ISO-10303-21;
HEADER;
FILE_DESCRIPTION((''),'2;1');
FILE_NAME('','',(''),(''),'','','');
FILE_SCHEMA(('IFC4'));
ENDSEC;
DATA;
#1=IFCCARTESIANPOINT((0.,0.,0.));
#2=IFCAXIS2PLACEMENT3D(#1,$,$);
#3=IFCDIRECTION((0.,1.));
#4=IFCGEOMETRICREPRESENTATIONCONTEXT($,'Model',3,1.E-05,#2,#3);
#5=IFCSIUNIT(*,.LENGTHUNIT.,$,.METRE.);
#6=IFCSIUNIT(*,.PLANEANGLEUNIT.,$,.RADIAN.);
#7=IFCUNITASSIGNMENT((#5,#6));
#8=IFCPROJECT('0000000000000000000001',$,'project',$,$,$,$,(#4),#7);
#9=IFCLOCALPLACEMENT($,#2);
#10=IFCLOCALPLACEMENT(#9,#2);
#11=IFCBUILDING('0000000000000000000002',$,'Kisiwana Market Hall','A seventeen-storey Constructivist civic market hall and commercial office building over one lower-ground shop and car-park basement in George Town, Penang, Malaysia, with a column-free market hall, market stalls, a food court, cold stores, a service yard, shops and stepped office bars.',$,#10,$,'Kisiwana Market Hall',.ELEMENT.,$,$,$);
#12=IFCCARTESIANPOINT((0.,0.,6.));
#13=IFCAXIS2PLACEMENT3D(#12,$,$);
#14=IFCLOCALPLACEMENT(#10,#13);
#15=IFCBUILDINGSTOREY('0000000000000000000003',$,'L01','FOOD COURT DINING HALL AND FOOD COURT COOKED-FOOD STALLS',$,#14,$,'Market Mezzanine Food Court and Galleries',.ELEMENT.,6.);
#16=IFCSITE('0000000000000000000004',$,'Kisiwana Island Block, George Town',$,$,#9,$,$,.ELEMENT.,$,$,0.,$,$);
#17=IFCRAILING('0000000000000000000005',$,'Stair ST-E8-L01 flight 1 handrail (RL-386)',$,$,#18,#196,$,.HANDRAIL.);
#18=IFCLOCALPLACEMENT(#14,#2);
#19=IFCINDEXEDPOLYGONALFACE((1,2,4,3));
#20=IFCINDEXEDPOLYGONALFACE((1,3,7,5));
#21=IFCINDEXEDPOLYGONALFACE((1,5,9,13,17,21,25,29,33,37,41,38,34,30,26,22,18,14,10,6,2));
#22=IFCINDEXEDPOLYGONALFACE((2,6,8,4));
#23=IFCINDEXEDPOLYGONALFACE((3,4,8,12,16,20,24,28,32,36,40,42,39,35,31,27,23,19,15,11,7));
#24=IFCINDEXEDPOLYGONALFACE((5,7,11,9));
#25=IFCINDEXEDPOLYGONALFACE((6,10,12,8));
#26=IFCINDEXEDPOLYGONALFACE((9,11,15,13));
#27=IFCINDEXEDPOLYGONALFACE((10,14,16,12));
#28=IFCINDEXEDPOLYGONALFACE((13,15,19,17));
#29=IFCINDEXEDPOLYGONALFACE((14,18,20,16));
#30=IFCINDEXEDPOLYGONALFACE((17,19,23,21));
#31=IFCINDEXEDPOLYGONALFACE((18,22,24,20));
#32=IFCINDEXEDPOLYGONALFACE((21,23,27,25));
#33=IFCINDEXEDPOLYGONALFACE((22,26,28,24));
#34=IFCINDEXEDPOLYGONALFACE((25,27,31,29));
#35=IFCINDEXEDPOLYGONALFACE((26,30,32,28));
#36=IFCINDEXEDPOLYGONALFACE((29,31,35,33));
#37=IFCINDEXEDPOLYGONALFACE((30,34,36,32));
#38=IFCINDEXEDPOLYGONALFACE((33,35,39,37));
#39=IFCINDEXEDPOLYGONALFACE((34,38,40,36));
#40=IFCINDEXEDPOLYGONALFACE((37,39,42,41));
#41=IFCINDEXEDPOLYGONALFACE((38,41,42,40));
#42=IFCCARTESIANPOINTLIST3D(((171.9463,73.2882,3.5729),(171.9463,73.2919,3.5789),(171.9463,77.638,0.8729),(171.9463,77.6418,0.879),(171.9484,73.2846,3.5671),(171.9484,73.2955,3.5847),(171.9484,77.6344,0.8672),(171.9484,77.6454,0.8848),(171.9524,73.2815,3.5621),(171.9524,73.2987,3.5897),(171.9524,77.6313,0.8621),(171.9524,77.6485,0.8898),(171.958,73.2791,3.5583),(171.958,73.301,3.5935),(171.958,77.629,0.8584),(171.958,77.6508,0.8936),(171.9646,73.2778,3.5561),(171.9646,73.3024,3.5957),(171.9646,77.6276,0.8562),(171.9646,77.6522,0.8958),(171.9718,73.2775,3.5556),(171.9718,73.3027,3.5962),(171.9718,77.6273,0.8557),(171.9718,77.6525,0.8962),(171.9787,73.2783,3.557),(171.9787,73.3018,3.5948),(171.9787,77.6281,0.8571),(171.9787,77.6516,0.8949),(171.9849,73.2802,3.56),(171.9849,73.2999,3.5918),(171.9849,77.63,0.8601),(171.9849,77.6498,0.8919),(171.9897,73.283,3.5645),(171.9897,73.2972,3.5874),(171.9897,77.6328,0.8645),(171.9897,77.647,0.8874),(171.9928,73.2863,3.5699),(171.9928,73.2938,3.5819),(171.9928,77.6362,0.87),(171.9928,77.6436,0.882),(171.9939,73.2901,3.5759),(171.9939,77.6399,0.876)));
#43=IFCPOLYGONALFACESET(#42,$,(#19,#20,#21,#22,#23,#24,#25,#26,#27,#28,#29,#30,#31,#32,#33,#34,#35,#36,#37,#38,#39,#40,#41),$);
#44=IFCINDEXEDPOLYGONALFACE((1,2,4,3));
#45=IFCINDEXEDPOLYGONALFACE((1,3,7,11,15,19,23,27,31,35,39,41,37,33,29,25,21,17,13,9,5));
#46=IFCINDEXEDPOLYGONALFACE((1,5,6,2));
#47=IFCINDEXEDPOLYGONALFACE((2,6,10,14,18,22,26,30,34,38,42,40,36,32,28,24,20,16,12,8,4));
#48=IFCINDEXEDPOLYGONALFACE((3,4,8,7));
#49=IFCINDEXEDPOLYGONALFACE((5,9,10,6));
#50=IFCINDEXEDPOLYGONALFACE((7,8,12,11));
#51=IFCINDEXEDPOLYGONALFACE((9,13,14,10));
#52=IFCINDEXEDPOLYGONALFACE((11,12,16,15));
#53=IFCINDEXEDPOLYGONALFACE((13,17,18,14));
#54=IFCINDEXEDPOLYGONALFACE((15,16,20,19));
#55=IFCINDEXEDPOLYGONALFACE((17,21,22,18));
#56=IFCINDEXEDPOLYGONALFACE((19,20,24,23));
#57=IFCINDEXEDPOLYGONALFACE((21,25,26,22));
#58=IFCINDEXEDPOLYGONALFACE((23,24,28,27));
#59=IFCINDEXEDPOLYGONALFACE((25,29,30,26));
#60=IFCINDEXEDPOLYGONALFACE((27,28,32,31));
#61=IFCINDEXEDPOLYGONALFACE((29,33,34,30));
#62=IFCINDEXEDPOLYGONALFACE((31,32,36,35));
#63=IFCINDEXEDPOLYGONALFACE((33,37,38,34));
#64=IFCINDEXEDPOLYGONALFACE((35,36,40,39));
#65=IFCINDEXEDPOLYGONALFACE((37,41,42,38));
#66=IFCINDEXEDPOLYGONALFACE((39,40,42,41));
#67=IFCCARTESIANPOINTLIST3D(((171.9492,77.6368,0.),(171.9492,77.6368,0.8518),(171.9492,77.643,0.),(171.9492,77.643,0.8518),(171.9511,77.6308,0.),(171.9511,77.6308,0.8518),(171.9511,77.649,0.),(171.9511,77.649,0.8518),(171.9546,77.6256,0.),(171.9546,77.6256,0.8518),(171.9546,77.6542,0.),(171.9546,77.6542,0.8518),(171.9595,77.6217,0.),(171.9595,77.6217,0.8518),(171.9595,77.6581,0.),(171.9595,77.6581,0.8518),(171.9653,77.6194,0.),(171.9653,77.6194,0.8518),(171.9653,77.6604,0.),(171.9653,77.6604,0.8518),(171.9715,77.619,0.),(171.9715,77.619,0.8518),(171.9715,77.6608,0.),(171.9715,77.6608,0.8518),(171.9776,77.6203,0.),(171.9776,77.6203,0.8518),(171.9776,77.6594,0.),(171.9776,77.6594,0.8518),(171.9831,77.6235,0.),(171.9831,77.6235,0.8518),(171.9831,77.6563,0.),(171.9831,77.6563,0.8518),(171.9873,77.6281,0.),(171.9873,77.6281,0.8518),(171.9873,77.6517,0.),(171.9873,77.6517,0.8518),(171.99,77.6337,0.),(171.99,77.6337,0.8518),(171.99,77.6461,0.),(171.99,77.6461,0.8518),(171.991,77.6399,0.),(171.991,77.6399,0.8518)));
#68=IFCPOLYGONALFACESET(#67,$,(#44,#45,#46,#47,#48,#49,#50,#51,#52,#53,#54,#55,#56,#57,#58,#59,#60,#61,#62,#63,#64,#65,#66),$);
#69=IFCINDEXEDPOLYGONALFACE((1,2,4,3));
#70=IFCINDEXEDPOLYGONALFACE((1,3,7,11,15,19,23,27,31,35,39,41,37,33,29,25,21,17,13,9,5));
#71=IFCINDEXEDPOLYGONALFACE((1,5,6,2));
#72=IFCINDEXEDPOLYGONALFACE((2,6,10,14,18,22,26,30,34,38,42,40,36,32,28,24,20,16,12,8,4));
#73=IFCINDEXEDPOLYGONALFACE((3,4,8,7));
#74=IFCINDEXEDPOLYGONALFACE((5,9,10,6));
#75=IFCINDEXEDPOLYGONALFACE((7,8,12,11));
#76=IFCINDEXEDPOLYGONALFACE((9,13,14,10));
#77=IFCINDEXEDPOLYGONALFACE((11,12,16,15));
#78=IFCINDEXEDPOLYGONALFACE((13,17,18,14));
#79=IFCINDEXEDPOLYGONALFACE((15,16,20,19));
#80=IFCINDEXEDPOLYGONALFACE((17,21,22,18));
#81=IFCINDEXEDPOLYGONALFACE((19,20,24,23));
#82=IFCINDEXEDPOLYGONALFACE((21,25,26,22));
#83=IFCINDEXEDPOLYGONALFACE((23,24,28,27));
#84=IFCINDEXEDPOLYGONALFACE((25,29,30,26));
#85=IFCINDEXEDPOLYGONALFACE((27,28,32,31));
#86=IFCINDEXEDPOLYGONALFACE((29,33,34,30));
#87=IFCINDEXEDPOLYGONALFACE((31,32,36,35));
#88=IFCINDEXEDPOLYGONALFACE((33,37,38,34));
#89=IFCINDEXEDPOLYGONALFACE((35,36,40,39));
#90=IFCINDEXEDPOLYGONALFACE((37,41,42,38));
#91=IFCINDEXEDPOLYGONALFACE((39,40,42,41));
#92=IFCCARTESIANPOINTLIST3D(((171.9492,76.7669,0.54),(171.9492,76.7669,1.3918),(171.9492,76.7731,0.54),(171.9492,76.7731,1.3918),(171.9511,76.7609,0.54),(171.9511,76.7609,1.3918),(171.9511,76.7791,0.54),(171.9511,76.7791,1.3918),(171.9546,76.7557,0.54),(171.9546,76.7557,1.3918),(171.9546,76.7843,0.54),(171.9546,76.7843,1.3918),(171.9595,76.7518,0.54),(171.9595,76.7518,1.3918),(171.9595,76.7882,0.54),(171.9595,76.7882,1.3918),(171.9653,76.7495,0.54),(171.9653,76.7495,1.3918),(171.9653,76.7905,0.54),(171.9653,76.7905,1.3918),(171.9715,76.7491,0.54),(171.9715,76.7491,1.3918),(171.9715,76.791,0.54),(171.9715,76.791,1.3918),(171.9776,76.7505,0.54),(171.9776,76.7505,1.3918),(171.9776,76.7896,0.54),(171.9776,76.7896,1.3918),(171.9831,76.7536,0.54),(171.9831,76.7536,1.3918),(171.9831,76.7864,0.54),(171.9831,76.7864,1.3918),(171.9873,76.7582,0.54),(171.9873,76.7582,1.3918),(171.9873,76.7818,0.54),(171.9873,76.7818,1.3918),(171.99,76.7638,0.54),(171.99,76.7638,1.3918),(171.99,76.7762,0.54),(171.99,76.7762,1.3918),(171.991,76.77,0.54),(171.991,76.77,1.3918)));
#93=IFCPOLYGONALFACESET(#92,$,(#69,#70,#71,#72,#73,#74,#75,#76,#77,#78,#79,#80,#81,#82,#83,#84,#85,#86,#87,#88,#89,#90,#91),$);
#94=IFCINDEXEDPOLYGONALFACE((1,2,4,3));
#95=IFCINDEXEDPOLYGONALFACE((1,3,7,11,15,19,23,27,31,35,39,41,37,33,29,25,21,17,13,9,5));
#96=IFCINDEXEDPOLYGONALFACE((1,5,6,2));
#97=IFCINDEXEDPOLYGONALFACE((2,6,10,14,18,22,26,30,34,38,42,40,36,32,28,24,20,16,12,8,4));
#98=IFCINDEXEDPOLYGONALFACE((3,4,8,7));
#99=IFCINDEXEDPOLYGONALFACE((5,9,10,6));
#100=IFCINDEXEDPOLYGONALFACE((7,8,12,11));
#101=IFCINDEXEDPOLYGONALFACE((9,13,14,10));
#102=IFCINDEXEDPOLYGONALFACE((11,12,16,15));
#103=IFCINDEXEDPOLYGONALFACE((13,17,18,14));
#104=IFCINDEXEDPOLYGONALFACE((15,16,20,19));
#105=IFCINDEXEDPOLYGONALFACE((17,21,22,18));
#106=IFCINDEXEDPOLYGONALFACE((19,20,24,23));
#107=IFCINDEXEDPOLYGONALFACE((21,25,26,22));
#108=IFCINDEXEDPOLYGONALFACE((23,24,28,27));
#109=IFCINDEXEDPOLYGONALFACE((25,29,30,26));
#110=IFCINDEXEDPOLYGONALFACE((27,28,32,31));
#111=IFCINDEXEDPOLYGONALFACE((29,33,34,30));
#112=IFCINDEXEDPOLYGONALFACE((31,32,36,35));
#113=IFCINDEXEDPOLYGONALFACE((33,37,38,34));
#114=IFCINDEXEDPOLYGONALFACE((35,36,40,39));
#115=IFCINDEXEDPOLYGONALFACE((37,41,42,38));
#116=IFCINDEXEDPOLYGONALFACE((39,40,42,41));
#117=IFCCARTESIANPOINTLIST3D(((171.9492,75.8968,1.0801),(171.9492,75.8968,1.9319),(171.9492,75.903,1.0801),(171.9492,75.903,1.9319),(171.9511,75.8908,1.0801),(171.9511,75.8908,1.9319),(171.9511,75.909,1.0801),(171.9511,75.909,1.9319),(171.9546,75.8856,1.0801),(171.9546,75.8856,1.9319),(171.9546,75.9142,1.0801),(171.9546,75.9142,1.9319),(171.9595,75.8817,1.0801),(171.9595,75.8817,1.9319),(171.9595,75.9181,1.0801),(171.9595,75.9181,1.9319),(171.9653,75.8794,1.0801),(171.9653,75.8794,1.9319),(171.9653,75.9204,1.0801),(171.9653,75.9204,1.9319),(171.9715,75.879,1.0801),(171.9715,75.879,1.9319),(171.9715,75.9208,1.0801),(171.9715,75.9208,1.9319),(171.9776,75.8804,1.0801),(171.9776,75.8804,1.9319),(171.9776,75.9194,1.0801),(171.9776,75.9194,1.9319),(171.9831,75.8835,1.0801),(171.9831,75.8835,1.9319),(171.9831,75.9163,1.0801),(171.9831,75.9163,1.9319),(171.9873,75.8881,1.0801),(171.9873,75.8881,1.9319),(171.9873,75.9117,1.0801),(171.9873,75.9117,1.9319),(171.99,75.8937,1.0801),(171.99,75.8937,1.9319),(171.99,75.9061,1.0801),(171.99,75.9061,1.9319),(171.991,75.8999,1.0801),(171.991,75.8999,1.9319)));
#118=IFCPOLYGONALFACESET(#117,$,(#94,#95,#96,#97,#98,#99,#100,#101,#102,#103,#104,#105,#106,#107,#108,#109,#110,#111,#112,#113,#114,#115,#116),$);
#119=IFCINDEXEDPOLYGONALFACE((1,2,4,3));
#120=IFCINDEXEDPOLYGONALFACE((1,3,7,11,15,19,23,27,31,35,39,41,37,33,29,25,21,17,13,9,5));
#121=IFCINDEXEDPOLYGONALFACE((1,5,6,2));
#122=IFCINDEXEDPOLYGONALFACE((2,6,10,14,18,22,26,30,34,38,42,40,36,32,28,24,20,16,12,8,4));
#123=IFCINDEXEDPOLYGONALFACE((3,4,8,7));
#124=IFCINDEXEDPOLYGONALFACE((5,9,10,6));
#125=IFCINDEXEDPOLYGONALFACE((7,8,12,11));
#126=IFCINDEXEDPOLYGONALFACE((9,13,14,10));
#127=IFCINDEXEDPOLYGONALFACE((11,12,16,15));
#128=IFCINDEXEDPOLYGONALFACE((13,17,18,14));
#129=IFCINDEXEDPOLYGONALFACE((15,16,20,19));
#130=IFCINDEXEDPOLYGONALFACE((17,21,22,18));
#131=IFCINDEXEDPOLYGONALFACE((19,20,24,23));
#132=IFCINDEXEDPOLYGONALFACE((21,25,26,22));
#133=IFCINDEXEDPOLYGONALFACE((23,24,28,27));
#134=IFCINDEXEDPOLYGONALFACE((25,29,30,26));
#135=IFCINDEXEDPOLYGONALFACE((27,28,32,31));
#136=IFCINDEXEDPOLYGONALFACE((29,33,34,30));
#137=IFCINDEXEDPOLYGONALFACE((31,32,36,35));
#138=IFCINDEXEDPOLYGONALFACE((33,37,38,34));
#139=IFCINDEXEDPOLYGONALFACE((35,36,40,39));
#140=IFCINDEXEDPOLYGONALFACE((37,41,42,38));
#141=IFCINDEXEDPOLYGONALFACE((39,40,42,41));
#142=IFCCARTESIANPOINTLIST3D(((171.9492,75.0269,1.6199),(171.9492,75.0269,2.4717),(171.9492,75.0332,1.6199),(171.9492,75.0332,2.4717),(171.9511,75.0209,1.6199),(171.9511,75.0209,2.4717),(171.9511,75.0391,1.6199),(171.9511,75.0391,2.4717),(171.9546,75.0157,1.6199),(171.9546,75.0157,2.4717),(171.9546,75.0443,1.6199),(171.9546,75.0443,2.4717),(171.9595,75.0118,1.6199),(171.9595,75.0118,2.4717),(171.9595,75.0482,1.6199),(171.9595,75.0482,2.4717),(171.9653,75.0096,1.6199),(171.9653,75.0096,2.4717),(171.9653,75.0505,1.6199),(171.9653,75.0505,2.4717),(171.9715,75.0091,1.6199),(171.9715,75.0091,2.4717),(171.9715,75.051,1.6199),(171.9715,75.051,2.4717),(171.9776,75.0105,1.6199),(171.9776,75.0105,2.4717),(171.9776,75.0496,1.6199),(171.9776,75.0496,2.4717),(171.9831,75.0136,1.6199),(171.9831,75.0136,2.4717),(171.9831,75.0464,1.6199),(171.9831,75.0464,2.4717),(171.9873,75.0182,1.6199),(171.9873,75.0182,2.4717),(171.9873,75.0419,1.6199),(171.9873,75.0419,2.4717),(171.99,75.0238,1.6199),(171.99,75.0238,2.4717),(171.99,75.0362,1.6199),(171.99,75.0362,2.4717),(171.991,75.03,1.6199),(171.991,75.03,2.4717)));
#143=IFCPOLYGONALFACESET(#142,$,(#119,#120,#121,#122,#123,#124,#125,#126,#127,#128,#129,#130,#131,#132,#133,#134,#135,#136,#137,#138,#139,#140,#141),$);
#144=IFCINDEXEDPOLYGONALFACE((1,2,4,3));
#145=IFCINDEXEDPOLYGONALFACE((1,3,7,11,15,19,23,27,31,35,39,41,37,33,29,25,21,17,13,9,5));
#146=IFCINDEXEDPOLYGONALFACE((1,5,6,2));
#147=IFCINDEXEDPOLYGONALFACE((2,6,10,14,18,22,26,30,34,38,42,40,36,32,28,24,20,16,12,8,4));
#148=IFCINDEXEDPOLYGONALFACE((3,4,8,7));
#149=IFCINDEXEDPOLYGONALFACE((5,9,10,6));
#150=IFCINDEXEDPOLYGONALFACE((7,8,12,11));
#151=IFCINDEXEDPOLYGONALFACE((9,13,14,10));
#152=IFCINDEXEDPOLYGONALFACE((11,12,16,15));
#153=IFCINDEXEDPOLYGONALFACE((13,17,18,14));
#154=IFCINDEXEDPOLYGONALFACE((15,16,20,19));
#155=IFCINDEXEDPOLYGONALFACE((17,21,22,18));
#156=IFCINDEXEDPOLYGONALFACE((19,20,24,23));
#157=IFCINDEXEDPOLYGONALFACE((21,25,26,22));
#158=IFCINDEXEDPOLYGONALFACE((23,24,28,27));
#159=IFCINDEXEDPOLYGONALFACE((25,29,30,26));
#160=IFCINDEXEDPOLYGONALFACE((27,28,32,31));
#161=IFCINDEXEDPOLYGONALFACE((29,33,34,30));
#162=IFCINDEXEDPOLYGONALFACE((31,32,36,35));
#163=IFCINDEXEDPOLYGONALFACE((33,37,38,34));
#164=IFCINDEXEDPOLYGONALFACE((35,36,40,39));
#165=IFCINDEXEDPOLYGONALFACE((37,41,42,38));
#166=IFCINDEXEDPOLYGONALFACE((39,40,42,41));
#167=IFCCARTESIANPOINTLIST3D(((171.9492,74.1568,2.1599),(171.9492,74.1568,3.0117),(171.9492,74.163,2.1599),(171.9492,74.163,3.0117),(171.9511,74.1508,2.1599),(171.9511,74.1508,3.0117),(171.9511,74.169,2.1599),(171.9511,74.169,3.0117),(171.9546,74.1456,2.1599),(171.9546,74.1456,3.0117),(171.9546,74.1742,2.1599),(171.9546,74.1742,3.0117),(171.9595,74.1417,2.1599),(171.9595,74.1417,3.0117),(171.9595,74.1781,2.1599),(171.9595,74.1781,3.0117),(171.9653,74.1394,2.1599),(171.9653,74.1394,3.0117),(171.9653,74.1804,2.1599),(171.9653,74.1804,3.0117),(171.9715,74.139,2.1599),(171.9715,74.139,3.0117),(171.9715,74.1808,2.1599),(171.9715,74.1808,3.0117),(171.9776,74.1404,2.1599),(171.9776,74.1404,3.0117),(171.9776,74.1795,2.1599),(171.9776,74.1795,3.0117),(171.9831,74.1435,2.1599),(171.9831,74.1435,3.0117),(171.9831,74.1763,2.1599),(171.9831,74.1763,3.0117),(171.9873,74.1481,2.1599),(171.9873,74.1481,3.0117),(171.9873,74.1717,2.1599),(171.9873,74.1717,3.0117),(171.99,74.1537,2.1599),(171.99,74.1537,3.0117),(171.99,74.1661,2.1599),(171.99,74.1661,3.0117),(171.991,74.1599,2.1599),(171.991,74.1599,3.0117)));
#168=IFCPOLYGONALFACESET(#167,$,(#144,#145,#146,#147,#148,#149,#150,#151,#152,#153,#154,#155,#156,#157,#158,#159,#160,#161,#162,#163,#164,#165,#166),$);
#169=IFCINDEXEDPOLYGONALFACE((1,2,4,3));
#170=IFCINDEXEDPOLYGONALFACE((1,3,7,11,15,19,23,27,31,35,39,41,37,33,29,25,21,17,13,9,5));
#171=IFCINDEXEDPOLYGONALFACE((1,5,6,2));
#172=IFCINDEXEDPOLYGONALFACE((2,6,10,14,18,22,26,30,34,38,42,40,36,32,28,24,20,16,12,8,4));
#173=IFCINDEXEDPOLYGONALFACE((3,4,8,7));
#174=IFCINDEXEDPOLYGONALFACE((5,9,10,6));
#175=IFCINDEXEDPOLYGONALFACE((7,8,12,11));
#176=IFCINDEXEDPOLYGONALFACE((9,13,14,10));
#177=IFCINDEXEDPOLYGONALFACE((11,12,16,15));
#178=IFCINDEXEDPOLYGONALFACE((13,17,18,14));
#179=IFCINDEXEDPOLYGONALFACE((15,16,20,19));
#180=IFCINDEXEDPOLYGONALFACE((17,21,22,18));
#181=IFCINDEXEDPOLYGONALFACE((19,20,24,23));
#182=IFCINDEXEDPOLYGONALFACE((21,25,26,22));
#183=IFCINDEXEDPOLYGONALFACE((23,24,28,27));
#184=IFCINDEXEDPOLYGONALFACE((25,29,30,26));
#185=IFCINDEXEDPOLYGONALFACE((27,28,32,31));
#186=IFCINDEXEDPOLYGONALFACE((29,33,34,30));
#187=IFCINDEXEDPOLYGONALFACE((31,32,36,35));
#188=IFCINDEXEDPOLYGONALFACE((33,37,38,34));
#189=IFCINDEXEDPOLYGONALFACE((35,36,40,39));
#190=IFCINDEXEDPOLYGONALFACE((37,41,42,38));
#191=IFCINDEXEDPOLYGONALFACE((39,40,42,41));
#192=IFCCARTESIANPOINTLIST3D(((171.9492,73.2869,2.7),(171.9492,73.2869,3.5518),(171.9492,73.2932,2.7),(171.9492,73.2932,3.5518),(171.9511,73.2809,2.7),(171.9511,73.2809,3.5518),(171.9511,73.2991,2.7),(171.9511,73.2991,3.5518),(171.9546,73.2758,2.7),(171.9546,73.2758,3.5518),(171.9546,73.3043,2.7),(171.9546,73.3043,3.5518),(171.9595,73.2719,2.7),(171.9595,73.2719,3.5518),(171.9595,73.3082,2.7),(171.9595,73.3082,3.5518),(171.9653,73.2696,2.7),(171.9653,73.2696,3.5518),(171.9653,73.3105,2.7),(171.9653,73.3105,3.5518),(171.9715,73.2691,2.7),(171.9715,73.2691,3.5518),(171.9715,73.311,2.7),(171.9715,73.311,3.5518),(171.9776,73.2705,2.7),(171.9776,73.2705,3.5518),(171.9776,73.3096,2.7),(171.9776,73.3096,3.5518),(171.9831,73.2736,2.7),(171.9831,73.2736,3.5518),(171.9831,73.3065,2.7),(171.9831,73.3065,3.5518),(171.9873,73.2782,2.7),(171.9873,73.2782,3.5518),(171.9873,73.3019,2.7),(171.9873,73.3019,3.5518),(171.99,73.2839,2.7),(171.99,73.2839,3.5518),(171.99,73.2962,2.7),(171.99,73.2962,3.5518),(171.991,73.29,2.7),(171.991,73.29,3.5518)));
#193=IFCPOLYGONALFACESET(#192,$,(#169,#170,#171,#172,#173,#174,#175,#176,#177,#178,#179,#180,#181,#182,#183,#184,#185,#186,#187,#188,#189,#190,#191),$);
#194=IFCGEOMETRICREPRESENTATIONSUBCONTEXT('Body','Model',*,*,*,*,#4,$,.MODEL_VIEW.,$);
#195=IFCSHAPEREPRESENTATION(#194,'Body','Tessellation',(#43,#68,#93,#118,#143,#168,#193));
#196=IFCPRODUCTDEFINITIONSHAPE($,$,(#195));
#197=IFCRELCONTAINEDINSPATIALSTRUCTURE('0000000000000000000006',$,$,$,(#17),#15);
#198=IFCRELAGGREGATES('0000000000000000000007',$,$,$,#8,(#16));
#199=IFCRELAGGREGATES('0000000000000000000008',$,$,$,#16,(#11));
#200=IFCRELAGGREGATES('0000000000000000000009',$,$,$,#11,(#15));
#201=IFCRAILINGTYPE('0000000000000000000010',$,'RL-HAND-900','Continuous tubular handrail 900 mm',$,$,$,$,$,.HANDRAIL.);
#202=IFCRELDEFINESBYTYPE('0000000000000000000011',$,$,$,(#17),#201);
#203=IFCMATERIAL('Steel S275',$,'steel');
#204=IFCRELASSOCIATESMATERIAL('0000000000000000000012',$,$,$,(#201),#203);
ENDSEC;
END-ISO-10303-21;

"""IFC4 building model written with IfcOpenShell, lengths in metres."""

from ifc_helpers import new_model, si_unit, direction, frame, origin, origin_2d, place, context, subcontext, project, spatial, circle, extrude, material, type_object, element, save


model = new_model("IFC4")

# Units and contexts
model_context = context("Model", 3, precision=1e-05, world=origin(), true_north=direction((0.0, 1.0)))
body_context = subcontext(model_context, "Body", "Model", "MODEL_VIEW")
ifc_project = project(units=[si_unit("LENGTHUNIT", "METRE"), si_unit("PLANEANGLEUNIT", "RADIAN")], contexts=[model_context])

# Site, building, storey
site_placement = place(None, origin())
site = spatial("IfcSite", under=ifc_project, at=site_placement, Name="Kisiwana Island Block, George Town", CompositionType="ELEMENT", RefElevation=0.0)
building_placement = place(site_placement, origin())
building = spatial("IfcBuilding", under=site, at=building_placement, Name="Kisiwana Market Hall", Description="A seventeen-storey Constructivist civic market hall and commercial office building over one lower-ground shop and car-park basement in George Town, Penang, Malaysia, with a column-free market hall, market stalls, a food court, cold stores, a service yard, shops and stepped office bars.", LongName="Kisiwana Market Hall", CompositionType="ELEMENT")
storey_placement = place(building_placement, frame((0.0, 0.0, 6.0)))
storey = spatial("IfcBuildingStorey", under=building, at=storey_placement, Name="L01", Description="FOOD COURT DINING HALL AND FOOD COURT COOKED-FOOD STALLS", LongName="Market Mezzanine Food Court and Galleries", CompositionType="ELEMENT", Elevation=6.0)

# Railing
ifc_material_1 = material(Name="Steel S275", Category="steel")
railing_type_1 = type_object("IfcRailingType", Name="RL-HAND-900", Description="Continuous tubular handrail 900 mm", PredefinedType="HANDRAIL", material=ifc_material_1)
railing_1_placement = place(storey_placement, frame((171.97, 77.6399, 0.0)))
element("IfcRailing", 1, at=railing_1_placement, inside=storey, type_object=railing_type_1, Name="Stair ST-E8-L01 flight 1 handrail (RL-386)", PredefinedType="HANDRAIL", context=body_context, shape_type="SweptSolid", body=[
    extrude(circle(Radius=0.0239, at=origin_2d()), frame((0.0, 0.0, 0.876), z_axis=(0.0, -0.849636, 0.527369), x_axis=(1.0, 0.0, 0.0)), (0.0, 0.0, 1.0), 5.1196),
    extrude(circle(Radius=0.021, at=origin_2d()), origin(), (0.0, 0.0, 1.0), 0.8518),
    extrude(circle(Radius=0.021, at=origin_2d()), frame((0.0, -0.8699, 0.54)), (0.0, 0.0, 1.0), 0.8518),
    extrude(circle(Radius=0.021, at=origin_2d()), frame((0.0, -1.74, 1.0801)), (0.0, 0.0, 1.0), 0.8518),
    extrude(circle(Radius=0.021, at=origin_2d()), frame((0.0, -2.6099, 1.6199)), (0.0, 0.0, 1.0), 0.8518),
    extrude(circle(Radius=0.021, at=origin_2d()), frame((0.0, -3.48, 2.1599)), (0.0, 0.0, 1.0), 0.8518),
    extrude(circle(Radius=0.021, at=origin_2d()), frame((0.0, -4.3499, 2.7)), (0.0, 0.0, 1.0), 0.8518),
])

save(model, "model.ifc")
